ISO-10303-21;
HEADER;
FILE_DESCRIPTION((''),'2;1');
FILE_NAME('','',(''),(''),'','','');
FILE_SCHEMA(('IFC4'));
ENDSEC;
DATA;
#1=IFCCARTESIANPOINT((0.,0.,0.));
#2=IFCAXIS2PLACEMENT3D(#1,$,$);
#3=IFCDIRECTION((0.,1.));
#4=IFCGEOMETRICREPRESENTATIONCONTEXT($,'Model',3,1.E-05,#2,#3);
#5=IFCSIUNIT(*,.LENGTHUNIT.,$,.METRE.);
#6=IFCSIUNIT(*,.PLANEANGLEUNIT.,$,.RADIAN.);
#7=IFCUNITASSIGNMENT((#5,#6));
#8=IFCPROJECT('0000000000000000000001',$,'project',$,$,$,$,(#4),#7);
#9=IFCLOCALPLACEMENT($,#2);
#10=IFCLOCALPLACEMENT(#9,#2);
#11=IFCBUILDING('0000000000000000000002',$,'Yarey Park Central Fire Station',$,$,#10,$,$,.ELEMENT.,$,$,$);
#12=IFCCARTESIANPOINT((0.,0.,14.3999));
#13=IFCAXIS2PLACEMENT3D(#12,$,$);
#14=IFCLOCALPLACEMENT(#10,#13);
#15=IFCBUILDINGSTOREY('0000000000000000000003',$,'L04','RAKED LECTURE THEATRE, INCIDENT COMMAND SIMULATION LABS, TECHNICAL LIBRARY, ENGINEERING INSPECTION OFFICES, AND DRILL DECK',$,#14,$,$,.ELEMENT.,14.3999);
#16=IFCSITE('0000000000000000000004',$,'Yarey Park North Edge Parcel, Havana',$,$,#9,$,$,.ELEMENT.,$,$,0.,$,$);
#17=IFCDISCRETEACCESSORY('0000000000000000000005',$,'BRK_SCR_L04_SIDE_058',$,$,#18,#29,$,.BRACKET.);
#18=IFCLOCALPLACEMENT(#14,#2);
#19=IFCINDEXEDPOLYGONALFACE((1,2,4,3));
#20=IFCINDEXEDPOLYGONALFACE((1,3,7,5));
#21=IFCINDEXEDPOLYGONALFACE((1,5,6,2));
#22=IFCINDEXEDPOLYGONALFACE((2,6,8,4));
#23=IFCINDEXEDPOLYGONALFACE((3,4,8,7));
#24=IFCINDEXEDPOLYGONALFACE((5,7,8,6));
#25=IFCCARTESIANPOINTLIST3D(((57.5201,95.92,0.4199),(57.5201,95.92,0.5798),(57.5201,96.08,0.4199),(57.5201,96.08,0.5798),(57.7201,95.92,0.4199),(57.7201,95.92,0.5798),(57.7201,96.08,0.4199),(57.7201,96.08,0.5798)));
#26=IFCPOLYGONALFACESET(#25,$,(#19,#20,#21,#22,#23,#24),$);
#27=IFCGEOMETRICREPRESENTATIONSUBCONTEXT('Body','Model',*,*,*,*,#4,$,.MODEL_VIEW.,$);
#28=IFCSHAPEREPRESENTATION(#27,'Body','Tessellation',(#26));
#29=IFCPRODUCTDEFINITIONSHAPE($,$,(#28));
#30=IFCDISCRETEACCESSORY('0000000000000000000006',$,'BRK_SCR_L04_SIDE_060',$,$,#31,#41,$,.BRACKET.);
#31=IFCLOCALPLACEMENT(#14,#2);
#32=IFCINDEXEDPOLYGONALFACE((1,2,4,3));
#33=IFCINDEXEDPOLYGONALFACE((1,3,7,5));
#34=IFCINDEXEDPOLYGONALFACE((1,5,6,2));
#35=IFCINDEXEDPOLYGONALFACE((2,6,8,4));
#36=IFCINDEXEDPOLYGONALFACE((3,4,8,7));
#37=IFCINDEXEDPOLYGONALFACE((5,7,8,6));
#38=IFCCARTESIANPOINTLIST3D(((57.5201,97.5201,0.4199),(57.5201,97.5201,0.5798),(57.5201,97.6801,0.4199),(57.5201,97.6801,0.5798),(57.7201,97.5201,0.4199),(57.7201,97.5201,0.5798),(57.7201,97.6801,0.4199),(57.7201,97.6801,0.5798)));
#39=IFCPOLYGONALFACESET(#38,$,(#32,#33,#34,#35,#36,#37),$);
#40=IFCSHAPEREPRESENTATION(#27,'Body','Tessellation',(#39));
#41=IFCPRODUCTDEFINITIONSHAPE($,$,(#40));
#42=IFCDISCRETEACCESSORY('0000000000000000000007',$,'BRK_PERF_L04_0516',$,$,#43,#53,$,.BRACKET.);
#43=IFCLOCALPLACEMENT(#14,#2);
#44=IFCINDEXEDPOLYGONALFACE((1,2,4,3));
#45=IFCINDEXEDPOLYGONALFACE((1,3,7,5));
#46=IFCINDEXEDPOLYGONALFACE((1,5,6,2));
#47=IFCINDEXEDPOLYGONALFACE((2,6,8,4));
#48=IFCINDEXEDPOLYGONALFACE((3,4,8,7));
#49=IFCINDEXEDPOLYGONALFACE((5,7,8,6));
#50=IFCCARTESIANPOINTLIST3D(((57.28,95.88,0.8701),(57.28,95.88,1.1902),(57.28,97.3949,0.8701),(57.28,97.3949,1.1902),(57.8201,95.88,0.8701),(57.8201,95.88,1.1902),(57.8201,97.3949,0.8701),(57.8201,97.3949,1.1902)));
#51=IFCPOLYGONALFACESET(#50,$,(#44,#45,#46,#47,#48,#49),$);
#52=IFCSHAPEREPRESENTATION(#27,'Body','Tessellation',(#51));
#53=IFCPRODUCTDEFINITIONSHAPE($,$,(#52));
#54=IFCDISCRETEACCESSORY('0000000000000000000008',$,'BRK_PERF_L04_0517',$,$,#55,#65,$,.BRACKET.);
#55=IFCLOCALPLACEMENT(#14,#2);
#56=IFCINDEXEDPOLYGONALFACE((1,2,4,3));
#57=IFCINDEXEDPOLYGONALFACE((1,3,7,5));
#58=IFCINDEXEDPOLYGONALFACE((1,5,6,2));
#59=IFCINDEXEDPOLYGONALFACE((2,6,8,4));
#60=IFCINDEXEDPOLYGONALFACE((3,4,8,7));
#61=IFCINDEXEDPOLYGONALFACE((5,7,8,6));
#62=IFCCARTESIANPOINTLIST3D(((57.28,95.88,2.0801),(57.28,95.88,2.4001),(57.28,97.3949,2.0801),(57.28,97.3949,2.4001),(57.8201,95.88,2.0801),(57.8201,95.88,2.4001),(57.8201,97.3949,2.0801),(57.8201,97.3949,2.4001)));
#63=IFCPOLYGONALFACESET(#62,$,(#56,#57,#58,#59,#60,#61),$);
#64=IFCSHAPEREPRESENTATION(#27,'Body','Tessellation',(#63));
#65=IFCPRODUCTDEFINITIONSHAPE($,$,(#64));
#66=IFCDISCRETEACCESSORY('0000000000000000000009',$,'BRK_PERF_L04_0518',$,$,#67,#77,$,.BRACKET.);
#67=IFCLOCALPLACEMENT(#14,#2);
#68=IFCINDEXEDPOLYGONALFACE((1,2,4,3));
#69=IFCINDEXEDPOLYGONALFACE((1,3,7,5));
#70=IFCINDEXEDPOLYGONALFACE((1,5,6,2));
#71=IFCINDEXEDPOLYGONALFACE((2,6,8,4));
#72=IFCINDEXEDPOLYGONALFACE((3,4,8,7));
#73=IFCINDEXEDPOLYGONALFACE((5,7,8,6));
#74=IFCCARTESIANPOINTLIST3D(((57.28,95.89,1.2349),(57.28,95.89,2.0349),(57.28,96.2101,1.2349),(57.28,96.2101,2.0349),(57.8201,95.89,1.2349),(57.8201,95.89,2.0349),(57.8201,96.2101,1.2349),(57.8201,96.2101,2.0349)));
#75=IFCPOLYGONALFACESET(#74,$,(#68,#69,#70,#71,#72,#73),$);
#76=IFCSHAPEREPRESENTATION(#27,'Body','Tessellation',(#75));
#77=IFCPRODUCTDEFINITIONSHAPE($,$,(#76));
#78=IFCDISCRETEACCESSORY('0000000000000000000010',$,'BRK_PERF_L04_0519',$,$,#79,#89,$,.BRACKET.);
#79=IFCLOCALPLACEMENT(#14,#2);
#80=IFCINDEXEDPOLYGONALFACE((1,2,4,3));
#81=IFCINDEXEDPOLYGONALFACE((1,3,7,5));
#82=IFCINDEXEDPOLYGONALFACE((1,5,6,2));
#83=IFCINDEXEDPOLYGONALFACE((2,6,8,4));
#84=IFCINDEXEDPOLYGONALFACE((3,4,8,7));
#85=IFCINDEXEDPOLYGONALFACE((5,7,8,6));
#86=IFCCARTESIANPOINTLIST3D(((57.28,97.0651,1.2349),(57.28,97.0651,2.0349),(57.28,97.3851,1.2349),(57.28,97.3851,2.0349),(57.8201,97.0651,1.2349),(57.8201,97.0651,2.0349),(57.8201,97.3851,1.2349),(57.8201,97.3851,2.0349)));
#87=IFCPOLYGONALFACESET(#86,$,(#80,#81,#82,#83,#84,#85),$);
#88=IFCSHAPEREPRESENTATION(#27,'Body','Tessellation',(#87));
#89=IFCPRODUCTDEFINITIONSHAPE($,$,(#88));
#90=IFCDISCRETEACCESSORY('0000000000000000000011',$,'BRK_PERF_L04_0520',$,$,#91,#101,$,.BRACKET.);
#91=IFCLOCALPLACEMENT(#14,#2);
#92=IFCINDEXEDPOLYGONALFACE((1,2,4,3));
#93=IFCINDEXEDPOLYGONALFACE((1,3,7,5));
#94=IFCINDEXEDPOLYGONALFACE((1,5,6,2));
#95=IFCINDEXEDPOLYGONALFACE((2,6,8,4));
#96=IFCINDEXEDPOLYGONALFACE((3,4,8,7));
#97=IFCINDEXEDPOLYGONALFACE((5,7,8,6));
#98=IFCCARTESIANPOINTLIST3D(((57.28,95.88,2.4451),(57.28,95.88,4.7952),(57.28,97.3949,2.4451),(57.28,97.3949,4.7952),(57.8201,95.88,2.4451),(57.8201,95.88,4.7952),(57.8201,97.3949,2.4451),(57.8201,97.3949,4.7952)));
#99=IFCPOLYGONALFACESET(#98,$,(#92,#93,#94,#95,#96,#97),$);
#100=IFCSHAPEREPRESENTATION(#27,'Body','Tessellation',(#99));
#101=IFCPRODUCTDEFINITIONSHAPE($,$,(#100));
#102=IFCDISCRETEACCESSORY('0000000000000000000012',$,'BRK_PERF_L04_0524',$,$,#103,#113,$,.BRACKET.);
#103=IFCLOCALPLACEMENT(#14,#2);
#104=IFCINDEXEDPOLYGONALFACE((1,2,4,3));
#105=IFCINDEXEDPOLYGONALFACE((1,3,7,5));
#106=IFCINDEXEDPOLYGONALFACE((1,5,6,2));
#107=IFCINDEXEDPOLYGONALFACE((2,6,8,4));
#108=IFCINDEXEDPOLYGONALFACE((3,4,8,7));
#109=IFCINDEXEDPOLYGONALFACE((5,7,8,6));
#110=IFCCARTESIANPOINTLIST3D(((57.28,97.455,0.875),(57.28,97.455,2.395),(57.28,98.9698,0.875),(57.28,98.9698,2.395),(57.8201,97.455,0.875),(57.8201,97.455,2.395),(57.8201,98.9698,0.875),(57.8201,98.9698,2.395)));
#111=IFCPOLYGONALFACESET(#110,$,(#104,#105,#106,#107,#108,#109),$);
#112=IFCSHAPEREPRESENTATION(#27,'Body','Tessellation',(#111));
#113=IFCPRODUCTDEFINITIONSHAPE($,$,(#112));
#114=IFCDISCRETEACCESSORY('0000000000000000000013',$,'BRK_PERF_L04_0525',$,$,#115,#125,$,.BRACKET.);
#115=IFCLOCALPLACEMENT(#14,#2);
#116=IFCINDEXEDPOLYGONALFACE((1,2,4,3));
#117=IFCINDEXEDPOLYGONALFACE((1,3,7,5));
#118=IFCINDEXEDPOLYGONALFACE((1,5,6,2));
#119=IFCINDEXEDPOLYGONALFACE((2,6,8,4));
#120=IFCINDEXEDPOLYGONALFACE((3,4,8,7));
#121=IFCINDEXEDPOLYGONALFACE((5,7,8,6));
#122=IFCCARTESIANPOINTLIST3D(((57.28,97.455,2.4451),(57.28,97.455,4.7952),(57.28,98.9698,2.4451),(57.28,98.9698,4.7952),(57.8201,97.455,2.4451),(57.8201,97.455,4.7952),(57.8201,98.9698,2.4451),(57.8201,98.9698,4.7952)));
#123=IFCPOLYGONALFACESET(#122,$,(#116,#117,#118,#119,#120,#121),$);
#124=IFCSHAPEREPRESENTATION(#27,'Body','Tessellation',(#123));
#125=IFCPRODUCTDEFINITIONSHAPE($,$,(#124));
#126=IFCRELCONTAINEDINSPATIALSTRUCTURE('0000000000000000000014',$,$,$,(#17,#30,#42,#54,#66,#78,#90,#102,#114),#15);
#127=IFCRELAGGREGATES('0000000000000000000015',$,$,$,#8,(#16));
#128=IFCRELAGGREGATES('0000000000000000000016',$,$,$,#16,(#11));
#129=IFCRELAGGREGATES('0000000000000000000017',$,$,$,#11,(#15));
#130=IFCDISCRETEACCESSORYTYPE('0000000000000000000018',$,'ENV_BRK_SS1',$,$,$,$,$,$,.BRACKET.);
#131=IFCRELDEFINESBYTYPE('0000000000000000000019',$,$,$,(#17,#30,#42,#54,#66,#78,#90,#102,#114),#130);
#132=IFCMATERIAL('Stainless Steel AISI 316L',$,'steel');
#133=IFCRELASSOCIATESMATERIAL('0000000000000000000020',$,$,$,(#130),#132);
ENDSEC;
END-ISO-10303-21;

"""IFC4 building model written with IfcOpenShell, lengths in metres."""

from ifc_helpers import new_model, si_unit, direction, frame, origin, origin_2d, place, context, subcontext, project, spatial, rectangle, extrude, material, type_object, element, save


model = new_model("IFC4")

# Units and contexts
model_context = context("Model", 3, precision=1e-05, world=origin(), true_north=direction((0.0, 1.0)))
body_context = subcontext(model_context, "Body", "Model", "MODEL_VIEW")
ifc_project = project(units=[si_unit("LENGTHUNIT", "METRE"), si_unit("PLANEANGLEUNIT", "RADIAN")], contexts=[model_context])

# Site, building, storey
site_placement = place(None, origin())
site = spatial("IfcSite", under=ifc_project, at=site_placement, Name="Yarey Park North Edge Parcel, Havana", CompositionType="ELEMENT", RefElevation=0.0)
building_placement = place(site_placement, origin())
building = spatial("IfcBuilding", under=site, at=building_placement, Name="Yarey Park Central Fire Station", CompositionType="ELEMENT")
storey_placement = place(building_placement, frame((0.0, 0.0, 14.3999)))
storey = spatial("IfcBuildingStorey", under=building, at=storey_placement, Name="L04", Description="RAKED LECTURE THEATRE, INCIDENT COMMAND SIMULATION LABS, TECHNICAL LIBRARY, ENGINEERING INSPECTION OFFICES, AND DRILL DECK", CompositionType="ELEMENT", Elevation=14.3999)

# Discrete accessories
ifc_material_1 = material(Name="Stainless Steel AISI 316L", Category="steel")
discrete_accessory_type = type_object("IfcDiscreteAccessoryType", Name="ENV_BRK_SS1", PredefinedType="BRACKET", material=ifc_material_1)
for number, where, z_axis, x_axis, name in (
    (1, (57.6201, 96.0, 0.4199), (0.0, 0.0, 1.0), (1.0, 0.0, 0.0), "BRK_SCR_L04_SIDE_058"),
    (2, (57.6201, 97.6001, 0.4199), (0.0, 0.0, 1.0), (1.0, 0.0, 0.0), "BRK_SCR_L04_SIDE_060"),
):
    element("IfcDiscreteAccessory", number, at=place(storey_placement, frame(where, z_axis=z_axis, x_axis=x_axis)), inside=storey, type_object=discrete_accessory_type, Name=name, PredefinedType="BRACKET", context=body_context, shape_type="SweptSolid", body=[
        extrude(rectangle(XDim=0.2, YDim=0.1599, at=origin_2d()), origin(), (0.0, 0.0, 1.0), 0.1599),
    ])
for number, where, z_axis, x_axis, name in (
    (3, (57.55, 96.6375, 0.8701), (0.0, 0.0, 1.0), (1.0, 0.0, 0.0), "BRK_PERF_L04_0516"),
    (4, (57.55, 96.6375, 2.0801), (0.0, 0.0, 1.0), (1.0, 0.0, 0.0), "BRK_PERF_L04_0517"),
):
    element("IfcDiscreteAccessory", number, at=place(storey_placement, frame(where, z_axis=z_axis, x_axis=x_axis)), inside=storey, type_object=discrete_accessory_type, Name=name, PredefinedType="BRACKET", context=body_context, shape_type="SweptSolid", body=[
        extrude(rectangle(XDim=0.54, YDim=1.5149, at=origin_2d()), origin(), (0.0, 0.0, 1.0), 0.3201),
    ])
for number, where, z_axis, x_axis, name in (
    (5, (57.55, 96.05, 1.2349), (0.0, 0.0, 1.0), (1.0, 0.0, 0.0), "BRK_PERF_L04_0518"),
    (6, (57.55, 97.2251, 1.2349), (0.0, 0.0, 1.0), (1.0, 0.0, 0.0), "BRK_PERF_L04_0519"),
):
    element("IfcDiscreteAccessory", number, at=place(storey_placement, frame(where, z_axis=z_axis, x_axis=x_axis)), inside=storey, type_object=discrete_accessory_type, Name=name, PredefinedType="BRACKET", context=body_context, shape_type="SweptSolid", body=[
        extrude(rectangle(XDim=0.54, YDim=0.3201, at=origin_2d()), origin(), (0.0, 0.0, 1.0), 0.8),
    ])
discrete_accessory_1_placement = place(storey_placement, frame((57.55, 96.6375, 2.4451), z_axis=(0.0, 0.0, 1.0), x_axis=(1.0, 0.0, 0.0)))
element("IfcDiscreteAccessory", 7, at=discrete_accessory_1_placement, inside=storey, type_object=discrete_accessory_type, Name="BRK_PERF_L04_0520", PredefinedType="BRACKET", context=body_context, shape_type="SweptSolid", body=[
    extrude(rectangle(XDim=0.54, YDim=1.5149, at=origin_2d()), origin(), (0.0, 0.0, 1.0), 2.3501),
])
discrete_accessory_2_placement = place(storey_placement, frame((57.55, 98.2124, 0.875), z_axis=(0.0, 0.0, 1.0), x_axis=(1.0, 0.0, 0.0)))
element("IfcDiscreteAccessory", 8, at=discrete_accessory_2_placement, inside=storey, type_object=discrete_accessory_type, Name="BRK_PERF_L04_0524", PredefinedType="BRACKET", context=body_context, shape_type="SweptSolid", body=[
    extrude(rectangle(XDim=0.54, YDim=1.5149, at=origin_2d()), origin(), (0.0, 0.0, 1.0), 1.52),
])
discrete_accessory_3_placement = place(storey_placement, frame((57.55, 98.2124, 2.4451), z_axis=(0.0, 0.0, 1.0), x_axis=(1.0, 0.0, 0.0)))
element("IfcDiscreteAccessory", 9, at=discrete_accessory_3_placement, inside=storey, type_object=discrete_accessory_type, Name="BRK_PERF_L04_0525", PredefinedType="BRACKET", context=body_context, shape_type="SweptSolid", body=[
    extrude(rectangle(XDim=0.54, YDim=1.5149, at=origin_2d()), origin(), (0.0, 0.0, 1.0), 2.3501),
])

save(model, "model.ifc")
